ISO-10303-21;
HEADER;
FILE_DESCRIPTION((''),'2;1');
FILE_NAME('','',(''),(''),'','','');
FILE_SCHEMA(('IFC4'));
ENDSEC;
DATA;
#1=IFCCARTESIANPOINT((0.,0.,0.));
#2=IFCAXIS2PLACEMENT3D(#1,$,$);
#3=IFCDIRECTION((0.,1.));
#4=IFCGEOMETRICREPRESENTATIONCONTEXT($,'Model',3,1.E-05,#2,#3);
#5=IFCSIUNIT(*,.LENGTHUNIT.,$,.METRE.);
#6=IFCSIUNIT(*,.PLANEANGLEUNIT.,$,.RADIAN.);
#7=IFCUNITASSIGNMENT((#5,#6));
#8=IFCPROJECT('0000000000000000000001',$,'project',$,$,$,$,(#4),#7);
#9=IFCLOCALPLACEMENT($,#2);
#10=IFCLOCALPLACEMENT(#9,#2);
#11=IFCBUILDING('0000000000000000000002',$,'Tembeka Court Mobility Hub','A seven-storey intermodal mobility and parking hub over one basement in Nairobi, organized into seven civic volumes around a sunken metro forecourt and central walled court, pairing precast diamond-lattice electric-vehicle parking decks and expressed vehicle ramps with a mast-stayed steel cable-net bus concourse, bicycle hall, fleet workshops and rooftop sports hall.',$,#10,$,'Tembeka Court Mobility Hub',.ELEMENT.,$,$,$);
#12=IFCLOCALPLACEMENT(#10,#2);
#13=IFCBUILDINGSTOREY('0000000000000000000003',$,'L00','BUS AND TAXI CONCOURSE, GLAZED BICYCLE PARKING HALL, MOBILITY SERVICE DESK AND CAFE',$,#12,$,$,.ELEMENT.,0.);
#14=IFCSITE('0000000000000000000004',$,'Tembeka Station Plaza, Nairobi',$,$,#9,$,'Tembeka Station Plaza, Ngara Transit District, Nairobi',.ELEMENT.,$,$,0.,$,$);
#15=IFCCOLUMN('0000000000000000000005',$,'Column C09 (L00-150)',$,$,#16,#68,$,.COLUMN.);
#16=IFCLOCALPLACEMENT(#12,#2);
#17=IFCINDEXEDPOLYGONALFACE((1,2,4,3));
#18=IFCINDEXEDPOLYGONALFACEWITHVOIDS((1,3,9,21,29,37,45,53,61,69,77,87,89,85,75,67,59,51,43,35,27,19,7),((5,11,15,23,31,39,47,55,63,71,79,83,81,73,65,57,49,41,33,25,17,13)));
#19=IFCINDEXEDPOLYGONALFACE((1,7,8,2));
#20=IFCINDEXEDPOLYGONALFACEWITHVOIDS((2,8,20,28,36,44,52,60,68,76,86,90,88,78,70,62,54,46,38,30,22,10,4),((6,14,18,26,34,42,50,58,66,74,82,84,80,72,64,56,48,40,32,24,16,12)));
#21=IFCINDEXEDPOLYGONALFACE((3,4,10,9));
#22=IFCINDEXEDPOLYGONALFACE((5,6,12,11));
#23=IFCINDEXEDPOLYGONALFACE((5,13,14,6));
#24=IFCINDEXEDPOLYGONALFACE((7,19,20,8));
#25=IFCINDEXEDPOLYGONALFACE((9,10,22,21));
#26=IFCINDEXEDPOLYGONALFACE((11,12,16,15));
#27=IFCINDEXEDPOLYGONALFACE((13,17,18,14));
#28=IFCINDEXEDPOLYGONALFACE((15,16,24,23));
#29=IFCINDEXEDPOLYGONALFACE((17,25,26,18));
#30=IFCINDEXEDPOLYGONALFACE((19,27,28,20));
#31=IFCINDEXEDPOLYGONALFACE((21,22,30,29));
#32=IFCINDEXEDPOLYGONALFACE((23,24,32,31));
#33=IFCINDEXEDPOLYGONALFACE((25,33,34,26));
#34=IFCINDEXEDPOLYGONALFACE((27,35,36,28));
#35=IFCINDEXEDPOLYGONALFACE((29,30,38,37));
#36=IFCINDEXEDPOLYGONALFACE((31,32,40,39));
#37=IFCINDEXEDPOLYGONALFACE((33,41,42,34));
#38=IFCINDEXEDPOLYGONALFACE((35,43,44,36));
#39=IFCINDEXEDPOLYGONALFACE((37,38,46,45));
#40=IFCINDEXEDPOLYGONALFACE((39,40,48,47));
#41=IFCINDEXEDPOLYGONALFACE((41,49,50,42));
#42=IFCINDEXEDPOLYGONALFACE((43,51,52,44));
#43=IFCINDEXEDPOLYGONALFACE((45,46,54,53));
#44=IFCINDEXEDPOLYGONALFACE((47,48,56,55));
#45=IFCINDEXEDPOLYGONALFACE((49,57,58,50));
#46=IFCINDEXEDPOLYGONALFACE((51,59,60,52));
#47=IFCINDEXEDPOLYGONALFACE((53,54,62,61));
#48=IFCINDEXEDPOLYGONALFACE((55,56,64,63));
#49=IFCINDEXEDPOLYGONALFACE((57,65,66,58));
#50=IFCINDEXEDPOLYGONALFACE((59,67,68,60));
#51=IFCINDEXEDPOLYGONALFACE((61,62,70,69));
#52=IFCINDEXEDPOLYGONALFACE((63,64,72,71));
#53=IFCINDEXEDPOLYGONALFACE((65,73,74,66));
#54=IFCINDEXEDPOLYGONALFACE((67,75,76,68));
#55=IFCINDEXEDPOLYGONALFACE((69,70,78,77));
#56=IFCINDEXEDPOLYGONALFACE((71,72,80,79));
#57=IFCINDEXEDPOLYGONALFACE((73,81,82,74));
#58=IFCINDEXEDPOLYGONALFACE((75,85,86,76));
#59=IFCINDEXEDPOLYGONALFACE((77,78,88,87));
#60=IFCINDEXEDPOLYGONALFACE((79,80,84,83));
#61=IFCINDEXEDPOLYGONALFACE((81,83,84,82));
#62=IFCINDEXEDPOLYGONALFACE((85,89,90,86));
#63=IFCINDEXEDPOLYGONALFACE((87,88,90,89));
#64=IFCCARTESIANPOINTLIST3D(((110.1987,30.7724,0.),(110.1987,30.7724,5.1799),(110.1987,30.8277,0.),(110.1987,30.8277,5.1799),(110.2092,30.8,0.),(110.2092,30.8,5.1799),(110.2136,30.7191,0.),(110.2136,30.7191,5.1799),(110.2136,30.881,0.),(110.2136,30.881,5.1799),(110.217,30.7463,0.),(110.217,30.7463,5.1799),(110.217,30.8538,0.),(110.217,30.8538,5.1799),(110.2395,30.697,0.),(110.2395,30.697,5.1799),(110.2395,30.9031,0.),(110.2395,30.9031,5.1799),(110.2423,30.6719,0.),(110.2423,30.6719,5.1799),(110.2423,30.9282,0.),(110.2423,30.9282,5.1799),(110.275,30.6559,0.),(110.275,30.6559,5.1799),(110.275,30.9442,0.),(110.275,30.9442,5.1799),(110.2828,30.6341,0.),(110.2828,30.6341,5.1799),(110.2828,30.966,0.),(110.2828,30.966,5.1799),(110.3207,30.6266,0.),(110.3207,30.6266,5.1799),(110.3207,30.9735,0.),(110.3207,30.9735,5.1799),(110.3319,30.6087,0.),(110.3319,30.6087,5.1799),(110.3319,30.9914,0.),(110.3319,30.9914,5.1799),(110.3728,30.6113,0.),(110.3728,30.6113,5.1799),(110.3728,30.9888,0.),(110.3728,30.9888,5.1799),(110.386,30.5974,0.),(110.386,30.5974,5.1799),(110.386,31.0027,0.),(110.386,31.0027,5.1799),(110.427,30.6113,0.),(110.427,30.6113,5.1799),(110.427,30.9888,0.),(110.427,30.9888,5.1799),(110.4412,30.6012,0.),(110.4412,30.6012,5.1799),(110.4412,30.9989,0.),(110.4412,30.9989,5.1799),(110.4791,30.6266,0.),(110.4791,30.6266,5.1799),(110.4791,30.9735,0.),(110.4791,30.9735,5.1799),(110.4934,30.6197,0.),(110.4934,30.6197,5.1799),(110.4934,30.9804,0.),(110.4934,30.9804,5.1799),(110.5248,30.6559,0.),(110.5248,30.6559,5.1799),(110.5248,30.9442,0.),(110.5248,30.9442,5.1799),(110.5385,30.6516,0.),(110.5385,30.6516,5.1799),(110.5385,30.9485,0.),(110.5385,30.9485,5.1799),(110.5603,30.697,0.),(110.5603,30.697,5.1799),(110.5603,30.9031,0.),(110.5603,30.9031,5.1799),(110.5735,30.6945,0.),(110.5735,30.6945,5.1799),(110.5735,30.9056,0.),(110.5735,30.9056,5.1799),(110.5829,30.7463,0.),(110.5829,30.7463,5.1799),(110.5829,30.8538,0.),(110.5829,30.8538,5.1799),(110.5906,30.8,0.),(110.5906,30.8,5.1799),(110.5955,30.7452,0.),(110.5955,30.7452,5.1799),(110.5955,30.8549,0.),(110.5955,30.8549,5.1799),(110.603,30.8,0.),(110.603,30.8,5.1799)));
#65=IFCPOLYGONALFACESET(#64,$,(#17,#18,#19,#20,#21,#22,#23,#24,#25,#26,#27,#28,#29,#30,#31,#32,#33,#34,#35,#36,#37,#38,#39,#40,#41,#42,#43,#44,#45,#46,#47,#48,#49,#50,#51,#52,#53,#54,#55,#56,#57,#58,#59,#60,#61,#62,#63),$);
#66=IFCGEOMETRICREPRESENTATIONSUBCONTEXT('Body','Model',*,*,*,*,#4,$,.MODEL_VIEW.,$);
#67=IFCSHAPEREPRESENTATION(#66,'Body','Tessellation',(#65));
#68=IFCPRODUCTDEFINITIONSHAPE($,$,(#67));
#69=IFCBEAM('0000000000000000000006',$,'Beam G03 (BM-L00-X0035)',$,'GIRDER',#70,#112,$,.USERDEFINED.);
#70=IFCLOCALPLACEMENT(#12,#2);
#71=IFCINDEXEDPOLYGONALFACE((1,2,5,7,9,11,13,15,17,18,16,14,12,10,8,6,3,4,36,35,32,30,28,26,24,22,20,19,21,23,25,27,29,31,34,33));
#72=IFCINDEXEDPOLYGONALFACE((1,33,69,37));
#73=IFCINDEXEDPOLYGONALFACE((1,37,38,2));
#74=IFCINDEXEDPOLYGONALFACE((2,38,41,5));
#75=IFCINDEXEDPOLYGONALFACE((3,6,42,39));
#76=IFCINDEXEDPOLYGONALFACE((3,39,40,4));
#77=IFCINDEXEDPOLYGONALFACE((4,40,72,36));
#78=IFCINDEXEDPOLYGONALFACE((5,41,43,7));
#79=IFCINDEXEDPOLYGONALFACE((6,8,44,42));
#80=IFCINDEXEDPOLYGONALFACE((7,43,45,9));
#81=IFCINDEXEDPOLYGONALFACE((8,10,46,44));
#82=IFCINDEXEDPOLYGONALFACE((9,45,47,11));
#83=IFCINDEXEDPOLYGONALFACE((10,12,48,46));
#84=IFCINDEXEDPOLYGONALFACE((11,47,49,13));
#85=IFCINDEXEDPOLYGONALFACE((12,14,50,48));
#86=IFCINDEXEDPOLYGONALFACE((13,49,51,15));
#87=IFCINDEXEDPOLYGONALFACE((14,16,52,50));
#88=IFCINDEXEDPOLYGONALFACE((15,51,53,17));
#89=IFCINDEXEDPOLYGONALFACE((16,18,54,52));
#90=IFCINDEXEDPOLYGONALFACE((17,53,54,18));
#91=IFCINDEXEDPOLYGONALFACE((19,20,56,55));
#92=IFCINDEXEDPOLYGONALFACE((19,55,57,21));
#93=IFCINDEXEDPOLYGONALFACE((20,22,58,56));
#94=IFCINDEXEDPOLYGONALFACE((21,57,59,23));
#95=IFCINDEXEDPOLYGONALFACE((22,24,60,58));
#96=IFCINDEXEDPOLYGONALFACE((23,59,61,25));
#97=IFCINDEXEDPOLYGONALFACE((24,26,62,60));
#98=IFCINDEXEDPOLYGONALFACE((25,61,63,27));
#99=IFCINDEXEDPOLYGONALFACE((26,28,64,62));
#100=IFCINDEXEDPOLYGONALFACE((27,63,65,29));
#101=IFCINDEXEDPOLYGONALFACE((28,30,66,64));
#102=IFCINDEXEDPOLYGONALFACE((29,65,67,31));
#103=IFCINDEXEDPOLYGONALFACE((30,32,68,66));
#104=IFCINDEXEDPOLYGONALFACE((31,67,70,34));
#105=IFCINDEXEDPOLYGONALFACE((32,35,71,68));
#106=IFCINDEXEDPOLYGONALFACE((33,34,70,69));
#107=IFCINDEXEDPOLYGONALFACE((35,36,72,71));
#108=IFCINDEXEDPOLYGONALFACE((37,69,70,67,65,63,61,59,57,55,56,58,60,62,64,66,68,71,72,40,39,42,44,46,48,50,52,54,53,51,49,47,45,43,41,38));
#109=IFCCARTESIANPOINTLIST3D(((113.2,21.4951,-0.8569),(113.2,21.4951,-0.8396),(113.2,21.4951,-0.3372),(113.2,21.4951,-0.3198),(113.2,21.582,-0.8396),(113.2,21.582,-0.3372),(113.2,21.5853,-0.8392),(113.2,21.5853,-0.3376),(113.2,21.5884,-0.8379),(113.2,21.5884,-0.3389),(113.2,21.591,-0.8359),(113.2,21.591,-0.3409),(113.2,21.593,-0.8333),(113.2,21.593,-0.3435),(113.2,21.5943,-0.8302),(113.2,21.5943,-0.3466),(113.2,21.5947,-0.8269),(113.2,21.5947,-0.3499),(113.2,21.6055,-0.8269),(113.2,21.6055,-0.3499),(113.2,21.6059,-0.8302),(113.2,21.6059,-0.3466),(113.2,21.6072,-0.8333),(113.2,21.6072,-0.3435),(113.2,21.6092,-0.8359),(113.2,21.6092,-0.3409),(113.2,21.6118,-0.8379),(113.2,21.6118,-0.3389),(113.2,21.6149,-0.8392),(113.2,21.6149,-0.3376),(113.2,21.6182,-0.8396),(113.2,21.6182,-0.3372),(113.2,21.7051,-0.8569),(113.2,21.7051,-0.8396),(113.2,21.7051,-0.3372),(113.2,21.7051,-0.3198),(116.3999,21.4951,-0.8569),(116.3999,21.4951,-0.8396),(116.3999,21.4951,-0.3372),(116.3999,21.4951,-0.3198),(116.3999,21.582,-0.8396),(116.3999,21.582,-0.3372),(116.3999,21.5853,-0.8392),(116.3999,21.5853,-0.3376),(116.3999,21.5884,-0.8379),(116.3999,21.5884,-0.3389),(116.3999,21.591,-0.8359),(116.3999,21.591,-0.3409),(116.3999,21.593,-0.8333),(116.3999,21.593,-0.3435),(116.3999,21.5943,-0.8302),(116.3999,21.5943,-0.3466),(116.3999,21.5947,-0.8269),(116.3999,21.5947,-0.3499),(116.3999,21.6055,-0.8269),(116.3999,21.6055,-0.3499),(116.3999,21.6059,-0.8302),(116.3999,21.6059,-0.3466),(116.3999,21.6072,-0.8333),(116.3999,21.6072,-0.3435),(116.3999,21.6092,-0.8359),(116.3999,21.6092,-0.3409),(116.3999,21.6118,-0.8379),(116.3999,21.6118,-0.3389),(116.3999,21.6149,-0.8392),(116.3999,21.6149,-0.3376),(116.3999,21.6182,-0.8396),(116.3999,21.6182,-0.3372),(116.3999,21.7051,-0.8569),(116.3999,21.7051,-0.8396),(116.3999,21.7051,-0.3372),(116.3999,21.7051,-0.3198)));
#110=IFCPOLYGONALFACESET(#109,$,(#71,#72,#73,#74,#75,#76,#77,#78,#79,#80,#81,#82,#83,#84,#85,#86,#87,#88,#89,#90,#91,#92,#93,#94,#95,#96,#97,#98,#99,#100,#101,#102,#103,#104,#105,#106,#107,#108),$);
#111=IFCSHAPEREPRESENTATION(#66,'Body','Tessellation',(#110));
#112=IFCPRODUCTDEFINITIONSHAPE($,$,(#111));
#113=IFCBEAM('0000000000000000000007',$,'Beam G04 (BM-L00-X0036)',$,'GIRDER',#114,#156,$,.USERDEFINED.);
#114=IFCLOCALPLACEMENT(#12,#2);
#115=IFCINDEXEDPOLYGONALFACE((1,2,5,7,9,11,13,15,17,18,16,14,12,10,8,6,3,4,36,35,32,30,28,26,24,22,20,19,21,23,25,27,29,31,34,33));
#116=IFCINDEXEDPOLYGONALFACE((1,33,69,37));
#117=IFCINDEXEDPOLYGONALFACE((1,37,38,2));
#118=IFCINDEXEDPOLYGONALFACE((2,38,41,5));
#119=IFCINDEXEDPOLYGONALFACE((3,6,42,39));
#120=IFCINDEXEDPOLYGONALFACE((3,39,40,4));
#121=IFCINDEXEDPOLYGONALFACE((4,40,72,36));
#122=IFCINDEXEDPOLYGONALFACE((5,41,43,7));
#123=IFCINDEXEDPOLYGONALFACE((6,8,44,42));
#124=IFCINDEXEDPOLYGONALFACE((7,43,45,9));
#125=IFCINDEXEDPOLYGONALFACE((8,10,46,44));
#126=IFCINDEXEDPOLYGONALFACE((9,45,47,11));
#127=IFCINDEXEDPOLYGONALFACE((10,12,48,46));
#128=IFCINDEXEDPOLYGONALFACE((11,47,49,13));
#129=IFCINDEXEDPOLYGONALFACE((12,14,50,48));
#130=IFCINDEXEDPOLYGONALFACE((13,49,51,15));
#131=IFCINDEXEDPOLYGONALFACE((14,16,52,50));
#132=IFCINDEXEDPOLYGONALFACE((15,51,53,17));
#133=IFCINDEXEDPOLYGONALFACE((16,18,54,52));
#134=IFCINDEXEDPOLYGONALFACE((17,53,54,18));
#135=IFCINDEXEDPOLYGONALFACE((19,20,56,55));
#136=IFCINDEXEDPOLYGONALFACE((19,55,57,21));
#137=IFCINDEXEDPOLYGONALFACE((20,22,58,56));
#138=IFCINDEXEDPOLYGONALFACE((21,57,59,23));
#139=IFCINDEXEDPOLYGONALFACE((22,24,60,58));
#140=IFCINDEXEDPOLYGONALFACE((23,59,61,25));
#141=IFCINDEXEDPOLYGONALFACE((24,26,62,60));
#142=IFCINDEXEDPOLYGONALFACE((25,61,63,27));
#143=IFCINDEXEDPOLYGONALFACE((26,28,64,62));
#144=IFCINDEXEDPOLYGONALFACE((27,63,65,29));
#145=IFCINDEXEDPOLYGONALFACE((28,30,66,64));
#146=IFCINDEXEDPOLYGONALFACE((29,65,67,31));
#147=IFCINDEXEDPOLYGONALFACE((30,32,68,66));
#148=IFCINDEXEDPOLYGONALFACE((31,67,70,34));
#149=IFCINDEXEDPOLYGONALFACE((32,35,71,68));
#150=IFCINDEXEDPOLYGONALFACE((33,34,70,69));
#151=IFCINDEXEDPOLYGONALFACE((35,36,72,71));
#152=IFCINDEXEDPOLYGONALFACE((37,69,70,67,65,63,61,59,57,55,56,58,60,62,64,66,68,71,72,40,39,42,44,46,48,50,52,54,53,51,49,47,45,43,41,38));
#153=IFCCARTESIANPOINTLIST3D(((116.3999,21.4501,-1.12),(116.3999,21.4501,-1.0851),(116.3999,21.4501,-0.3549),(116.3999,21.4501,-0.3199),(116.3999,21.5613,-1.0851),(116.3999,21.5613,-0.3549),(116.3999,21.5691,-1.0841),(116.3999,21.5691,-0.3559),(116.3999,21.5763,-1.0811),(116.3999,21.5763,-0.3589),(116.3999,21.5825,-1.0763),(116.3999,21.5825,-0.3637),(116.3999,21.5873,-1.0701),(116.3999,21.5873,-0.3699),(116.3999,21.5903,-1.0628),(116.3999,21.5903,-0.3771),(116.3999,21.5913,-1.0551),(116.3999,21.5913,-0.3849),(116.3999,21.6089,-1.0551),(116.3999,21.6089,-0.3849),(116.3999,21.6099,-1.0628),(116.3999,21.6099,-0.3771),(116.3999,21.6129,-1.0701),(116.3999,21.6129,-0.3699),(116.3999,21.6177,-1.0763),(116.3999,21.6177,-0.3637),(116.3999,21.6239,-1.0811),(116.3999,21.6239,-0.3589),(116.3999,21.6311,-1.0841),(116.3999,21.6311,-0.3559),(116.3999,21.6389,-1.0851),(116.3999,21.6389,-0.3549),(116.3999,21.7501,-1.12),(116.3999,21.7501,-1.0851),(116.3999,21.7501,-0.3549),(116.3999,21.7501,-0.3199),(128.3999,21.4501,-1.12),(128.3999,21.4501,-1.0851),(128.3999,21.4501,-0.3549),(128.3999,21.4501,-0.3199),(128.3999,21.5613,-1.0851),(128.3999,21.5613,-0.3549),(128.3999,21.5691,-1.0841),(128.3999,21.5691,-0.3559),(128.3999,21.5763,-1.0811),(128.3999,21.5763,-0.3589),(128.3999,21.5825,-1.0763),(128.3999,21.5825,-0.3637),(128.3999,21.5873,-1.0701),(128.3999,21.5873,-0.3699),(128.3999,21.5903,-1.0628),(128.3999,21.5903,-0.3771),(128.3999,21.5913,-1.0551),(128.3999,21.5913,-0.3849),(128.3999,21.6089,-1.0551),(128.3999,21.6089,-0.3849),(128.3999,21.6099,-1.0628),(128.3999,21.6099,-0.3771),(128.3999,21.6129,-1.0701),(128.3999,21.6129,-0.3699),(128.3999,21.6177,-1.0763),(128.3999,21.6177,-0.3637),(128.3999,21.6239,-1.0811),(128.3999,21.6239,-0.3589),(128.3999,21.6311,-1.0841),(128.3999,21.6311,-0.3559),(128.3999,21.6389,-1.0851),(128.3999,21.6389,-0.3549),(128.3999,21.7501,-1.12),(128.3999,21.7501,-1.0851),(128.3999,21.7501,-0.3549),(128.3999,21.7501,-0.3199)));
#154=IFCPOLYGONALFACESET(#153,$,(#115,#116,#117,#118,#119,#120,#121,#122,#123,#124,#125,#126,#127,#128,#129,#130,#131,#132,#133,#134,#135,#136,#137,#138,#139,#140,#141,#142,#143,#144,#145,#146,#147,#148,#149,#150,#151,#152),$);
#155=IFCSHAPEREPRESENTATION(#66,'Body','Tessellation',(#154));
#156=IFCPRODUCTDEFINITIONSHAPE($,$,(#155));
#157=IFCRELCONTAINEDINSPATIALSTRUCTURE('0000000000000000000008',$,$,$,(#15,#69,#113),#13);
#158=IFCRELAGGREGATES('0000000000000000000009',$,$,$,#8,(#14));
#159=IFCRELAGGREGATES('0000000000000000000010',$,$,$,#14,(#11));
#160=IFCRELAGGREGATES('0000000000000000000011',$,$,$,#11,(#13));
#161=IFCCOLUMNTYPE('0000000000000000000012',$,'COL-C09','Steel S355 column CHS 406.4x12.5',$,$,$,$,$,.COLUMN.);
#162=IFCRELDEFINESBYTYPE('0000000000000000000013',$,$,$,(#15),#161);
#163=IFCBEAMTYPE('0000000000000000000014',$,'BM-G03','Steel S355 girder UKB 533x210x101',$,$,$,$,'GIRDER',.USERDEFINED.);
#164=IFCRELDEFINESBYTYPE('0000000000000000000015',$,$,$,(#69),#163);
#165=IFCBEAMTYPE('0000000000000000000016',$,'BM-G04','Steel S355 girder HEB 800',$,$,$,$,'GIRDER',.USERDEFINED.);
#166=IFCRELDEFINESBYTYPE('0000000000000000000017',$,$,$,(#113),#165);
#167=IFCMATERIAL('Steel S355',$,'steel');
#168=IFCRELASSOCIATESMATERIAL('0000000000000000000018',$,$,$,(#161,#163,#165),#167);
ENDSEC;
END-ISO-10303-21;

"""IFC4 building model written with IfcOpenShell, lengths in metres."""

from ifc_helpers import new_model, si_unit, direction, frame, origin, origin_2d, place, context, subcontext, project, spatial, hollow_circle, i_section, extrude, material, material_profile, profile_set, type_object, element, save


model = new_model("IFC4")

# Units and contexts
model_context = context("Model", 3, precision=1e-05, world=origin(), true_north=direction((0.0, 1.0)))
body_context = subcontext(model_context, "Body", "Model", "MODEL_VIEW")
ifc_project = project(units=[si_unit("LENGTHUNIT", "METRE"), si_unit("PLANEANGLEUNIT", "RADIAN")], contexts=[model_context])

# Site, building, storey
site_placement = place(None, origin())
site = spatial("IfcSite", under=ifc_project, at=site_placement, Name="Tembeka Station Plaza, Nairobi", LongName="Tembeka Station Plaza, Ngara Transit District, Nairobi", CompositionType="ELEMENT", RefElevation=0.0)
building_placement = place(site_placement, origin())
building = spatial("IfcBuilding", under=site, at=building_placement, Name="Tembeka Court Mobility Hub", Description="A seven-storey intermodal mobility and parking hub over one basement in Nairobi, organized into seven civic volumes around a sunken metro forecourt and central walled court, pairing precast diamond-lattice electric-vehicle parking decks and expressed vehicle ramps with a mast-stayed steel cable-net bus concourse, bicycle hall, fleet workshops and rooftop sports hall.", LongName="Tembeka Court Mobility Hub", CompositionType="ELEMENT")
storey_placement = place(building_placement, origin())
storey = spatial("IfcBuildingStorey", under=building, at=storey_placement, Name="L00", Description="BUS AND TAXI CONCOURSE, GLAZED BICYCLE PARKING HALL, MOBILITY SERVICE DESK AND CAFE", CompositionType="ELEMENT", Elevation=0.0)

# Column
ifc_material_1 = material(Name="Steel S355", Category="steel")
ifc_material_profile_1 = material_profile(ifc_material_1, hollow_circle(Radius=0.2031, WallThickness=0.0125, at=origin_2d()), Name="CHS 406.4x12.5")
ifc_profile_set_1 = profile_set([ifc_material_profile_1], Name="Steel S355")
column_type_1 = type_object("IfcColumnType", Name="COL-C09", Description="Steel S355 column CHS 406.4x12.5", PredefinedType="COLUMN", material=ifc_profile_set_1)
for number, where, z_axis, x_axis, name in (
    (1, (110.3999, 30.8, 0.0), (0.0, 0.0, 1.0), (1.0, 0.0, 0.0), "Column C09 (L00-150)"),
):
    element("IfcColumn", number, at=place(storey_placement, frame(where, z_axis=z_axis, x_axis=x_axis)), inside=storey, type_object=column_type_1, Name=name, PredefinedType="COLUMN", context=body_context, shape_type="SweptSolid", body=[
        extrude(hollow_circle(Radius=0.2031, WallThickness=0.0125, at=origin_2d()), origin(), (0.0, 0.0, 1.0), 5.1799),
    ])

# Beams
ifc_material_profile_2 = material_profile(ifc_material_1, i_section(OverallWidth=0.21, OverallDepth=0.5371, WebThickness=0.0107, FlangeThickness=0.0173, FilletRadius=0.0127, at=origin_2d()), Name="UKB 533x210x101")
ifc_profile_set_2 = profile_set([ifc_material_profile_2], Name="Steel S355")
beam_type_1 = type_object("IfcBeamType", Name="BM-G03", Description="Steel S355 girder UKB 533x210x101", ElementType="GIRDER", PredefinedType="USERDEFINED", material=ifc_profile_set_2)
beam_1_placement = place(storey_placement, frame((113.2, 21.6001, -0.5884), z_axis=(1.0, 0.0, 0.0), x_axis=(0.0, 1.0, 0.0)))
element("IfcBeam", 2, at=beam_1_placement, inside=storey, type_object=beam_type_1, Name="Beam G03 (BM-L00-X0035)", ObjectType="GIRDER", PredefinedType="USERDEFINED", context=body_context, shape_type="SweptSolid", body=[
    extrude(i_section(OverallWidth=0.21, OverallDepth=0.5371, WebThickness=0.0107, FlangeThickness=0.0173, FilletRadius=0.0127, at=origin_2d()), origin(), (0.0, 0.0, 1.0), 3.2),
])
ifc_material_profile_3 = material_profile(ifc_material_1, i_section(OverallWidth=0.3, OverallDepth=0.8, WebThickness=0.0176, FlangeThickness=0.0349, FilletRadius=0.03, at=origin_2d()), Name="HEB 800")
ifc_profile_set_3 = profile_set([ifc_material_profile_3], Name="Steel S355")
beam_type_2 = type_object("IfcBeamType", Name="BM-G04", Description="Steel S355 girder HEB 800", ElementType="GIRDER", PredefinedType="USERDEFINED", material=ifc_profile_set_3)
beam_2_placement = place(storey_placement, frame((116.3999, 21.6001, -0.72), z_axis=(1.0, 0.0, 0.0), x_axis=(0.0, 1.0, 0.0)))
element("IfcBeam", 3, at=beam_2_placement, inside=storey, type_object=beam_type_2, Name="Beam G04 (BM-L00-X0036)", ObjectType="GIRDER", PredefinedType="USERDEFINED", context=body_context, shape_type="SweptSolid", body=[
    extrude(i_section(OverallWidth=0.3, OverallDepth=0.8, WebThickness=0.0176, FlangeThickness=0.0349, FilletRadius=0.03, at=origin_2d()), origin(), (0.0, 0.0, 1.0), 12.0),
])

save(model, "model.ifc")
